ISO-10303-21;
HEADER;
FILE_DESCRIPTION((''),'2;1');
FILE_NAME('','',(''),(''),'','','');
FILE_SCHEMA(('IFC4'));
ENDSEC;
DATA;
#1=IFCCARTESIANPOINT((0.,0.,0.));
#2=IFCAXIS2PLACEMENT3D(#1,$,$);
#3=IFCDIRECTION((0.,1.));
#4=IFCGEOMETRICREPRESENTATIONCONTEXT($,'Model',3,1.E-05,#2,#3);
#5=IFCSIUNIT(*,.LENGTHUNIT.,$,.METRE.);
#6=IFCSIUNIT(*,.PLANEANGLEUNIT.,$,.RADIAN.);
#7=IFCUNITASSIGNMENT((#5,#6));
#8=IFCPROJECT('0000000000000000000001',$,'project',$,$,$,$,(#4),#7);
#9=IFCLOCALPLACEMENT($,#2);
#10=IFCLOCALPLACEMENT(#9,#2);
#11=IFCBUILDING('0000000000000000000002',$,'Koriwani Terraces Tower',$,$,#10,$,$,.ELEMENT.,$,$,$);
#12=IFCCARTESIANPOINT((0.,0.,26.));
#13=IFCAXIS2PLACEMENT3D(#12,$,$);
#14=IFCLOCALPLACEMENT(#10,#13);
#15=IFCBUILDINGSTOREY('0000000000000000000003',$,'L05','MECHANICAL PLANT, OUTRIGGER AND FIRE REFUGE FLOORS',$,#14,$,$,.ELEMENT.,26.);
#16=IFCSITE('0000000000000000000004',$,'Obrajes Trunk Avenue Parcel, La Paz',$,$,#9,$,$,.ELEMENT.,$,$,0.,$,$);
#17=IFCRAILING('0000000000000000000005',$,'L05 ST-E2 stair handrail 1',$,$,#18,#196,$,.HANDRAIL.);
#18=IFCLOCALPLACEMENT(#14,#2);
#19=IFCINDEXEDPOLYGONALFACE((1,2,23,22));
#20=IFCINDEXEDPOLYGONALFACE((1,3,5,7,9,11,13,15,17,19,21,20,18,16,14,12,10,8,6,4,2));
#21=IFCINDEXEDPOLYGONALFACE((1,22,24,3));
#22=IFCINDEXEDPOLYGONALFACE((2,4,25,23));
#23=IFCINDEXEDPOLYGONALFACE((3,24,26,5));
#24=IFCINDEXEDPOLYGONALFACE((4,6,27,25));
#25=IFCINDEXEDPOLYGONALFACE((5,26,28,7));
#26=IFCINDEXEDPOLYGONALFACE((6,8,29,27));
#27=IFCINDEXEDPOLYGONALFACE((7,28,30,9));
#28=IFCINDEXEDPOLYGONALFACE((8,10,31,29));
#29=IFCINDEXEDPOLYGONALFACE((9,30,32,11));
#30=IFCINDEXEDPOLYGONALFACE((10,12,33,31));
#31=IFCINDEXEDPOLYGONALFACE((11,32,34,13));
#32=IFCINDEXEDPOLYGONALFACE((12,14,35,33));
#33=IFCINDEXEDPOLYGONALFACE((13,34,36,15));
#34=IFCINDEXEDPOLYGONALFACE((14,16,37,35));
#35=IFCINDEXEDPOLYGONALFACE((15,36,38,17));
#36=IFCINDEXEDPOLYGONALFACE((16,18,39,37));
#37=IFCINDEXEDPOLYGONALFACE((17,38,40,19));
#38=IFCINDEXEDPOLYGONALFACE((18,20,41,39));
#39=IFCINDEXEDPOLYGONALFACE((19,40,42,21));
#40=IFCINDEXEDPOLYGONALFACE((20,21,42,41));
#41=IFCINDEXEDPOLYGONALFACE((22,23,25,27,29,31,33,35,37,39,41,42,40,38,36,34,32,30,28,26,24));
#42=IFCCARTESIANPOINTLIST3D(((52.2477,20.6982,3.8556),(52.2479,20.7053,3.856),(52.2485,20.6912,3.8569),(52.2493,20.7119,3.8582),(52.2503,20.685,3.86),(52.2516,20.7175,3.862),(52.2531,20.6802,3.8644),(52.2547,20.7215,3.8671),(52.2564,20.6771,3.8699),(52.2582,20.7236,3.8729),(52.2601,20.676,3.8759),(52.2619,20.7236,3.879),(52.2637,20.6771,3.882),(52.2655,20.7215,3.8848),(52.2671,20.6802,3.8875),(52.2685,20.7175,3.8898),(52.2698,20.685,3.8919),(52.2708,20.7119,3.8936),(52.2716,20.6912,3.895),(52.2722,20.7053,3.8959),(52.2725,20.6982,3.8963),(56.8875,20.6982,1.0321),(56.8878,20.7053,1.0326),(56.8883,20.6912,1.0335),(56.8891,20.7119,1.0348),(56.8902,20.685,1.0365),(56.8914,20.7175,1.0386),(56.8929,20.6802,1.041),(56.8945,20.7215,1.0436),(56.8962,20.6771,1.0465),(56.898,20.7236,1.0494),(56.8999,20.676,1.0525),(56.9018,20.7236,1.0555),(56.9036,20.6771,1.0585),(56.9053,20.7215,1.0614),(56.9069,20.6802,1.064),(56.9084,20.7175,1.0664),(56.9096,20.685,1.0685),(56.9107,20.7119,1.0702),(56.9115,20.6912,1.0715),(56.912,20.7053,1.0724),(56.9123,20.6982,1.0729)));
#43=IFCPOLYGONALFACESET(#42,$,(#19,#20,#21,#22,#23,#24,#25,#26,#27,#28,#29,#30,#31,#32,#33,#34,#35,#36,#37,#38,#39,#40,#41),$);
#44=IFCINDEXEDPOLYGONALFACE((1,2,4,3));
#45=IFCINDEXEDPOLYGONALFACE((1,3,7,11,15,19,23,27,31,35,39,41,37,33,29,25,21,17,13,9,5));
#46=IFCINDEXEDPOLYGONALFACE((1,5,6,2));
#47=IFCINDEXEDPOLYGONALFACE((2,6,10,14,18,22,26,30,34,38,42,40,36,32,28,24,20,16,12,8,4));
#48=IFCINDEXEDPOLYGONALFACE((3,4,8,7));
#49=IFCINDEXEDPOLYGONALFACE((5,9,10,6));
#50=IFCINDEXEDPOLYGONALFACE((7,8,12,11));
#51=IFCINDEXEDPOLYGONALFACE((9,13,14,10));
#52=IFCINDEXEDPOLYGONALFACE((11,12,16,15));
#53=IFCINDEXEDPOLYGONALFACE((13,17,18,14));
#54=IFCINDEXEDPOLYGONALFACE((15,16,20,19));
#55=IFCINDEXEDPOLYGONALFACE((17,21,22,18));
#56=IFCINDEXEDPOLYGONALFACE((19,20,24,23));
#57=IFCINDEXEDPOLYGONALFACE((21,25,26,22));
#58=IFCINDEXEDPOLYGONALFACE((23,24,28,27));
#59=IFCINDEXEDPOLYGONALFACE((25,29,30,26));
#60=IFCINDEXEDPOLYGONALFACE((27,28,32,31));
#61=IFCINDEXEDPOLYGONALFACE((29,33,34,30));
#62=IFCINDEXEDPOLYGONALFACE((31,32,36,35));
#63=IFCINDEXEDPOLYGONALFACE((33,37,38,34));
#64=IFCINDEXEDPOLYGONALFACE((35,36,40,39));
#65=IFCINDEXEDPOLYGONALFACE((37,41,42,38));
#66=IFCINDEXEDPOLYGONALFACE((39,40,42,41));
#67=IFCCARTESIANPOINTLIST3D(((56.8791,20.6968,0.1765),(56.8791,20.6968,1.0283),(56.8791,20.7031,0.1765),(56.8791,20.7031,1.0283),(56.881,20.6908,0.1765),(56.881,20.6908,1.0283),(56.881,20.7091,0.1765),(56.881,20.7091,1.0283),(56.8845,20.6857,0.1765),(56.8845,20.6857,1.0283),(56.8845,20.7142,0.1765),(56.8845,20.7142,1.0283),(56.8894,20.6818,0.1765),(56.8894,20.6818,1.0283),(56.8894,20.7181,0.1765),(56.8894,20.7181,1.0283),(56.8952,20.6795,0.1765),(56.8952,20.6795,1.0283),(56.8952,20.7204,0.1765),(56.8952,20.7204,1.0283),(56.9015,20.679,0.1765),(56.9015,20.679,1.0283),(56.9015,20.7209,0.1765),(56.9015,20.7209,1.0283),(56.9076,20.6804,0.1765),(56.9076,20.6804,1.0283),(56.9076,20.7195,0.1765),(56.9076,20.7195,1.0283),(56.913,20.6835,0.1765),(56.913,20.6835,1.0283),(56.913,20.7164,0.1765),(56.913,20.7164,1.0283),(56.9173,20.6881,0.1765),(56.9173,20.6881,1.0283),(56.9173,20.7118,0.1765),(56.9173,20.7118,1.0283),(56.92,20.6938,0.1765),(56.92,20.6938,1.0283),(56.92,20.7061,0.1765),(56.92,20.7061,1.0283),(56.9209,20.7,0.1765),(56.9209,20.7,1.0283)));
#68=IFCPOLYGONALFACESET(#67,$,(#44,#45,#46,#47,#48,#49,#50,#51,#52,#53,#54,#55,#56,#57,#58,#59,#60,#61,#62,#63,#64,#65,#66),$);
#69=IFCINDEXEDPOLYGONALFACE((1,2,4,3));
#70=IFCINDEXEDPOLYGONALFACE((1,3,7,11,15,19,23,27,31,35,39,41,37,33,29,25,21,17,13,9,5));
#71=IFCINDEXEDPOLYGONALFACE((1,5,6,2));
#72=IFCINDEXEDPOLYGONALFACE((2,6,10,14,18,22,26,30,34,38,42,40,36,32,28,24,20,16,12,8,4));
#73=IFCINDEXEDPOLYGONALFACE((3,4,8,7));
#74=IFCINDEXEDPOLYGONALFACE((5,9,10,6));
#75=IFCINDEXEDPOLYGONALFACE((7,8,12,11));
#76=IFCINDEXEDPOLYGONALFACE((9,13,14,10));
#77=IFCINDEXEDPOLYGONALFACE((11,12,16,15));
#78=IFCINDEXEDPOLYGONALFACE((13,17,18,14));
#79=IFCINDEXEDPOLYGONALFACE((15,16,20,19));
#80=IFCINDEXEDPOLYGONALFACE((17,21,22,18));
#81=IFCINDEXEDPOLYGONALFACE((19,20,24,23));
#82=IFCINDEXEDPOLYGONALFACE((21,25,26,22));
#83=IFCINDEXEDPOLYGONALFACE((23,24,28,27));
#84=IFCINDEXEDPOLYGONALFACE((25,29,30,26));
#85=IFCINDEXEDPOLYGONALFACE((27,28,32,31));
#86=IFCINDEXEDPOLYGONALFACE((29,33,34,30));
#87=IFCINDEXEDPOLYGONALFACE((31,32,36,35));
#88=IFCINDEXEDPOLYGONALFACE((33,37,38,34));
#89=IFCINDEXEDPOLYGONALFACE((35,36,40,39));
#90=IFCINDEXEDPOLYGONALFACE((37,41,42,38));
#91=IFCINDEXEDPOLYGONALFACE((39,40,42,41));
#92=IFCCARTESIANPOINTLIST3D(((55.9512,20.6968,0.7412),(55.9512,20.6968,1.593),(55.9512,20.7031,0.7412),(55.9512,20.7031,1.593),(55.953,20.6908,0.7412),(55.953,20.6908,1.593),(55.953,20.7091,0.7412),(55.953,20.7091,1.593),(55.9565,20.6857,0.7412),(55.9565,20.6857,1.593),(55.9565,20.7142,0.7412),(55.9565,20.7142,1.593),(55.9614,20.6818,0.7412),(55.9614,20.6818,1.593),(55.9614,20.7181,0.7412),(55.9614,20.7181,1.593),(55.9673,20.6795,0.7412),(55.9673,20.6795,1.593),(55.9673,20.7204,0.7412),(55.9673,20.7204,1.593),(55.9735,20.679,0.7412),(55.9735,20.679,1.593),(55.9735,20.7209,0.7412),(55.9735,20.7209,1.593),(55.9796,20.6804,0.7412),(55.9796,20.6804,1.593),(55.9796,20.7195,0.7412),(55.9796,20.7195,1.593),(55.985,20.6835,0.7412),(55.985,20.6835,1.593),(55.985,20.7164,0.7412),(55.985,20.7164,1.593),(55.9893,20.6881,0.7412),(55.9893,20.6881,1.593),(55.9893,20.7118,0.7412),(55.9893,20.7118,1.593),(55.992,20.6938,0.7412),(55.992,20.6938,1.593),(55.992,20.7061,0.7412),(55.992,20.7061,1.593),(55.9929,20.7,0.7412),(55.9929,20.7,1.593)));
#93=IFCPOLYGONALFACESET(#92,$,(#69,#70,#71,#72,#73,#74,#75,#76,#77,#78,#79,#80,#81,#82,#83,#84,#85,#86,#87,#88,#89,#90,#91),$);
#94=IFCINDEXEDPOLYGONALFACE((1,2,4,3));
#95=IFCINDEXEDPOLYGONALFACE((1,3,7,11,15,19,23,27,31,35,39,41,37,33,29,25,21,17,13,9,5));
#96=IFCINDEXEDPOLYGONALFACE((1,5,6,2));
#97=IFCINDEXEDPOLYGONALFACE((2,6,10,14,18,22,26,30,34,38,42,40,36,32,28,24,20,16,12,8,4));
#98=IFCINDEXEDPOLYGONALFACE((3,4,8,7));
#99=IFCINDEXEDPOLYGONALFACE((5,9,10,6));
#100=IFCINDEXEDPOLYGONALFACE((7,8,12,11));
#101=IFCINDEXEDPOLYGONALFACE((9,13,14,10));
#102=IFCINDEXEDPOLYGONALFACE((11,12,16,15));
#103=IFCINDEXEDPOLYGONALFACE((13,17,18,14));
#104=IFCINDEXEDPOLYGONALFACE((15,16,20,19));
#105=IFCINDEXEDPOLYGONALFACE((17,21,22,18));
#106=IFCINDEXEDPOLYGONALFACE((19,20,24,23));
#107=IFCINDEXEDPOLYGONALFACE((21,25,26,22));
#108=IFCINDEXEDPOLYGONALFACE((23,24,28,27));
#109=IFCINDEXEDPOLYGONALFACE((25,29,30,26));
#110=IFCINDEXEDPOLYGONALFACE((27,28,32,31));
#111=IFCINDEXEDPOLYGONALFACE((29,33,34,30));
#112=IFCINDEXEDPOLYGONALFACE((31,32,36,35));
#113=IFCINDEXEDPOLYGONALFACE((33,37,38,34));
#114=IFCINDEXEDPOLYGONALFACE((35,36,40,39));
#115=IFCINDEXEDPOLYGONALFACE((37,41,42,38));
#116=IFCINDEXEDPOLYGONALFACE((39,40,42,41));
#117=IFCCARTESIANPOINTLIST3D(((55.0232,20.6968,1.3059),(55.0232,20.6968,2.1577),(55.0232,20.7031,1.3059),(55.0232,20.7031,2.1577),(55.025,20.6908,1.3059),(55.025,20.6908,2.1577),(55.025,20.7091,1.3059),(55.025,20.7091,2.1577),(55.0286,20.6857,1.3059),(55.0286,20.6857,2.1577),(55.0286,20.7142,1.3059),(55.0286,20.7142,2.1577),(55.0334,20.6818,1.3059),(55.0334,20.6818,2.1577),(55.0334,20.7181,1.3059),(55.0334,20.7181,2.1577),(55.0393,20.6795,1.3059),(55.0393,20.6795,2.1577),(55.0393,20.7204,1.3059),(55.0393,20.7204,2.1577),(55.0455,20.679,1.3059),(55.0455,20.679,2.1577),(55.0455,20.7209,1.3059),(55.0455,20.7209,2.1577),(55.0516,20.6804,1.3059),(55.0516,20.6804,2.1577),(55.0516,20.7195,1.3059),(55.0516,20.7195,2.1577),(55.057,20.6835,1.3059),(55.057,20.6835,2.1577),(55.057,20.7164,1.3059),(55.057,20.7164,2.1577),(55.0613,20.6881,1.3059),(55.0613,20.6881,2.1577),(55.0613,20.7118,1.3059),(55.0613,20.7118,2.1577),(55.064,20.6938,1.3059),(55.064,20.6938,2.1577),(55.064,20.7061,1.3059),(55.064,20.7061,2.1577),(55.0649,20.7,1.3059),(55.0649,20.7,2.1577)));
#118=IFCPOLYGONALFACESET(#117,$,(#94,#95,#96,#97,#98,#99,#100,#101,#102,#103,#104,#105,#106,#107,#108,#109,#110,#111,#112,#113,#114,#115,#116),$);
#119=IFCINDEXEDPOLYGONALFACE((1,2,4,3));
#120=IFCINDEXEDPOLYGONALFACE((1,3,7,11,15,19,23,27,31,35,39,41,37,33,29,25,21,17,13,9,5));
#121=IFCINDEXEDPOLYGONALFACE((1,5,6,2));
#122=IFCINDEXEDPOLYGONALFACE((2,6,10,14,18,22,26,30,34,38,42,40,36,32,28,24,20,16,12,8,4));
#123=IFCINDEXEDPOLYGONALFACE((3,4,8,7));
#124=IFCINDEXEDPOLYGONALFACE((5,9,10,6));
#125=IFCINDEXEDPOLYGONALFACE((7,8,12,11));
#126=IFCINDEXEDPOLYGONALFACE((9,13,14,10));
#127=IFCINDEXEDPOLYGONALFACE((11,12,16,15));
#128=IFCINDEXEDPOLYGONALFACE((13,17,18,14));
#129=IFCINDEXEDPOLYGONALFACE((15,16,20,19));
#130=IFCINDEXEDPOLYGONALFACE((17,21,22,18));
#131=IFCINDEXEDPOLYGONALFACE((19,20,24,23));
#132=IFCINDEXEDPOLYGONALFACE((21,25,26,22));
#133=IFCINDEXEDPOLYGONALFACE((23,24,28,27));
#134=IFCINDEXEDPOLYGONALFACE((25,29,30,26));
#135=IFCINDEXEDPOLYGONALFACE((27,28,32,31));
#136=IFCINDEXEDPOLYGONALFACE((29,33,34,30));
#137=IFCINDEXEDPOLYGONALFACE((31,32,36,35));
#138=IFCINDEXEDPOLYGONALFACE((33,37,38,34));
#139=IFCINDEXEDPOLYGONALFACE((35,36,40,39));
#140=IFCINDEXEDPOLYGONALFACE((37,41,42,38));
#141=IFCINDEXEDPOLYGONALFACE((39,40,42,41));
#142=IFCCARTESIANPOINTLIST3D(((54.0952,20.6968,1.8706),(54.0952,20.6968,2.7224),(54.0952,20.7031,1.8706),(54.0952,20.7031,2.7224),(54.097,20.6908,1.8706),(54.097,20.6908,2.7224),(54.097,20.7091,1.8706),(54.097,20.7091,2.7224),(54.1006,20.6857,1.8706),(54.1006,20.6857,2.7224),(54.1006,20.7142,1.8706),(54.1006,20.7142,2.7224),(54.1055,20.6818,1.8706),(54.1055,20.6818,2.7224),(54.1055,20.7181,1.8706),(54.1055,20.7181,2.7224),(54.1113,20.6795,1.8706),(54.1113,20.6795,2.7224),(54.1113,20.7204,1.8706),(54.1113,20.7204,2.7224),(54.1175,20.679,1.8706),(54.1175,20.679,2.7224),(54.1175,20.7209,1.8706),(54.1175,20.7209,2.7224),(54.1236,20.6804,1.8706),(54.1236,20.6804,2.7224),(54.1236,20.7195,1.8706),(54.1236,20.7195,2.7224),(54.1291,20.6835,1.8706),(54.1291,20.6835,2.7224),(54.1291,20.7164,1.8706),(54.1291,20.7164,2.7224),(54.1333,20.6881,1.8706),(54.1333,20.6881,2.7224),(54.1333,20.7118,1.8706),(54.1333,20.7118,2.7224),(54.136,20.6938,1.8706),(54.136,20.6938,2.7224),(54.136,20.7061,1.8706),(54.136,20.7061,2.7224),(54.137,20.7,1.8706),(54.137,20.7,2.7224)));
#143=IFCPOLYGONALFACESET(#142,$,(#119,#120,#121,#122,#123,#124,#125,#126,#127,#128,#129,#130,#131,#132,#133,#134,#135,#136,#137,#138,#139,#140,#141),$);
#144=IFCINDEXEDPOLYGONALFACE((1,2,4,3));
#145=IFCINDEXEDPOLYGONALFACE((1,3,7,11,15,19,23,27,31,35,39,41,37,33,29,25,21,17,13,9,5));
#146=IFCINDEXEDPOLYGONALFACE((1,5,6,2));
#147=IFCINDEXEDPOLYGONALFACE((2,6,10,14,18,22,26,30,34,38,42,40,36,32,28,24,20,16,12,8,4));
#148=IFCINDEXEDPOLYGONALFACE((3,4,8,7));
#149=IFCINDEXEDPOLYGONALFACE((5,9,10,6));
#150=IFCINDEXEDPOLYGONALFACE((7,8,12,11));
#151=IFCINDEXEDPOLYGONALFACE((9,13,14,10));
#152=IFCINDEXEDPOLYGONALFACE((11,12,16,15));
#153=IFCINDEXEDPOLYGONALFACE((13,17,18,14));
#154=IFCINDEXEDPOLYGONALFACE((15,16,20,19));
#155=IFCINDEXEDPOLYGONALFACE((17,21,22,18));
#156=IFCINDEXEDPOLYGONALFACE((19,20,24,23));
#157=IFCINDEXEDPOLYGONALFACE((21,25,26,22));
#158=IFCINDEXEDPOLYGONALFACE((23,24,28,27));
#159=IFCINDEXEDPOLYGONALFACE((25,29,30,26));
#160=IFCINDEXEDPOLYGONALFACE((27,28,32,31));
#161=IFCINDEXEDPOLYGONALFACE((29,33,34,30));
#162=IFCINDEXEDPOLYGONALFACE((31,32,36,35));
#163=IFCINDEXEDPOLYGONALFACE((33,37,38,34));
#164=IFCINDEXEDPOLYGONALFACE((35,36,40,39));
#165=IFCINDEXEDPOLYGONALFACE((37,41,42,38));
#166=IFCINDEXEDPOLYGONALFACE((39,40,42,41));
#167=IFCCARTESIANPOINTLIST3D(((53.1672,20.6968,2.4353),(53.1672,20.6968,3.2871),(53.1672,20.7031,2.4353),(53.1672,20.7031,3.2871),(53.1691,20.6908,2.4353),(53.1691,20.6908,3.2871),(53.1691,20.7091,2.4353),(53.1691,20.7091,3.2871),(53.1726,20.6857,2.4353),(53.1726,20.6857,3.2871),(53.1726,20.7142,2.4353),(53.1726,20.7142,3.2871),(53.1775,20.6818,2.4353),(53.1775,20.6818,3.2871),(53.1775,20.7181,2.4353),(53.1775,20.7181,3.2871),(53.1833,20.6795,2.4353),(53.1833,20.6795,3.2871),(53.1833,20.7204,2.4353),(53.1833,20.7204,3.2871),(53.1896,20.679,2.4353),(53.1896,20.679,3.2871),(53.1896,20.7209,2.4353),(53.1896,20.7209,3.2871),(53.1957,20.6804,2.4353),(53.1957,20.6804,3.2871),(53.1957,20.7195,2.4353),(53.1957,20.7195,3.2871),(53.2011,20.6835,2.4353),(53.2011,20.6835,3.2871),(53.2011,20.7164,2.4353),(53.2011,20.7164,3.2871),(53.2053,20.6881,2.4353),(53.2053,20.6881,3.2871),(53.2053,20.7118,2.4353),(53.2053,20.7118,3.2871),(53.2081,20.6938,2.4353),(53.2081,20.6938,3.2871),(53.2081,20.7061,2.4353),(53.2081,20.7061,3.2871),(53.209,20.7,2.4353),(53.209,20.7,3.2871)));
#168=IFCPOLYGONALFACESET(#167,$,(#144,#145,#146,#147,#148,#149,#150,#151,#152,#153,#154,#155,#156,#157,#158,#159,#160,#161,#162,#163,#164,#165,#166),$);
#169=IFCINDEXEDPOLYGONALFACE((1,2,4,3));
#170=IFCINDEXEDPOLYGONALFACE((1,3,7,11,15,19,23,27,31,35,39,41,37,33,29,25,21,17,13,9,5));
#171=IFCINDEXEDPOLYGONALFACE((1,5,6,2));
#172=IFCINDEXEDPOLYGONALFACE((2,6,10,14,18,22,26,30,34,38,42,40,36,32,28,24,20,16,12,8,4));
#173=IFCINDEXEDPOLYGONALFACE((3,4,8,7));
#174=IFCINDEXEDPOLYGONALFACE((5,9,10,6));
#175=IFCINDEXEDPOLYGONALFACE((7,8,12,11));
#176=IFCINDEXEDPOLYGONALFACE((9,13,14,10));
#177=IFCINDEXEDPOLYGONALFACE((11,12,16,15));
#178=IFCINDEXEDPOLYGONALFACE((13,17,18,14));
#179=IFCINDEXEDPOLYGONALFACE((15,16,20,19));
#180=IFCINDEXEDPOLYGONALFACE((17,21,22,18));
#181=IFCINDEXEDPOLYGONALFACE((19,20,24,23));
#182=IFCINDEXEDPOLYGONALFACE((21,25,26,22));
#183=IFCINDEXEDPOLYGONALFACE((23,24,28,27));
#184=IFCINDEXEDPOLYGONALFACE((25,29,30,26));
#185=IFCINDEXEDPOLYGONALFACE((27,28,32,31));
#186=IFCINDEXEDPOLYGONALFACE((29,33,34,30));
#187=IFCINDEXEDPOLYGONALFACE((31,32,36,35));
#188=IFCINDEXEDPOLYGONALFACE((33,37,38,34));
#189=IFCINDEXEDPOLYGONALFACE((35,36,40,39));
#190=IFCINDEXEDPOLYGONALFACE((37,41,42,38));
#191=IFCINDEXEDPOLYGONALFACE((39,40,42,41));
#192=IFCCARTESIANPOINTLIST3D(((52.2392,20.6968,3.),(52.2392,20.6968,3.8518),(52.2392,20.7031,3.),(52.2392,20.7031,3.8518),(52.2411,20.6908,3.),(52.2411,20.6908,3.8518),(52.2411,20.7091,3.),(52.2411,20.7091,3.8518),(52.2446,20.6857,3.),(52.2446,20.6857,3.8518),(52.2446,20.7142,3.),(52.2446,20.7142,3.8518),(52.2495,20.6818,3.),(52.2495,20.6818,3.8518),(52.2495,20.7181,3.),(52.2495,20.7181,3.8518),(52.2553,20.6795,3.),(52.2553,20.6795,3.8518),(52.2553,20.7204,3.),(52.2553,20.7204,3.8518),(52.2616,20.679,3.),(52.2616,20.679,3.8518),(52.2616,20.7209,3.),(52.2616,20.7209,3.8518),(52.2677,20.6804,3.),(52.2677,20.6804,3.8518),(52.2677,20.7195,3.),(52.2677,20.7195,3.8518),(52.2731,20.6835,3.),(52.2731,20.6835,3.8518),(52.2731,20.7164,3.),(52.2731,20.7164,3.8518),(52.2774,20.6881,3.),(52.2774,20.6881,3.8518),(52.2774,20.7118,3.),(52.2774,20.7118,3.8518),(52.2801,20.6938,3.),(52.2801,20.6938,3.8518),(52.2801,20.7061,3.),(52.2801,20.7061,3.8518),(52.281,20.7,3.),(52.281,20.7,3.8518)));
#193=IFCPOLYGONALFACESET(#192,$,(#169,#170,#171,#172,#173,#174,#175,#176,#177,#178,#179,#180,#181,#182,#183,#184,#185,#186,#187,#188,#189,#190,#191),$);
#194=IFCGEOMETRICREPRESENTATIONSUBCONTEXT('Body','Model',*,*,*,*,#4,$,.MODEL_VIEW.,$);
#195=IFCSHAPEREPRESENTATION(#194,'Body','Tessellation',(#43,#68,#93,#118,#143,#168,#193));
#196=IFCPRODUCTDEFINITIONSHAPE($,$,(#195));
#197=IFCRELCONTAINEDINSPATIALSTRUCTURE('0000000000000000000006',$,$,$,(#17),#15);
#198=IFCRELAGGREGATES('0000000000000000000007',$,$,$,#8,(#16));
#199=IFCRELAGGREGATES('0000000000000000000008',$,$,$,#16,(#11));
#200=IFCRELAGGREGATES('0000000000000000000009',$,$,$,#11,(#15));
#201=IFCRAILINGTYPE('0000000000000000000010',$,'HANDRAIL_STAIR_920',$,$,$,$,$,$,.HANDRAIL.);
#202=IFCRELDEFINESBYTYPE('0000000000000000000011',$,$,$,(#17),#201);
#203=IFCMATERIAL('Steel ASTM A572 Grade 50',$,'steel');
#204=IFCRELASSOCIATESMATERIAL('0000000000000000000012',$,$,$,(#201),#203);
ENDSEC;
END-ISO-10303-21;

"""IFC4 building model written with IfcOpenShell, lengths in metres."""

from ifc_helpers import new_model, si_unit, direction, frame, origin, origin_2d, place, context, subcontext, project, spatial, circle, extrude, material, type_object, element, save


model = new_model("IFC4")

# Units and contexts
model_context = context("Model", 3, precision=1e-05, world=origin(), true_north=direction((0.0, 1.0)))
body_context = subcontext(model_context, "Body", "Model", "MODEL_VIEW")
ifc_project = project(units=[si_unit("LENGTHUNIT", "METRE"), si_unit("PLANEANGLEUNIT", "RADIAN")], contexts=[model_context])

# Site, building, storey
site_placement = place(None, origin())
site = spatial("IfcSite", under=ifc_project, at=site_placement, Name="Obrajes Trunk Avenue Parcel, La Paz", CompositionType="ELEMENT", RefElevation=0.0)
building_placement = place(site_placement, origin())
building = spatial("IfcBuilding", under=site, at=building_placement, Name="Koriwani Terraces Tower", CompositionType="ELEMENT")
storey_placement = place(building_placement, frame((0.0, 0.0, 26.0)))
storey = spatial("IfcBuildingStorey", under=building, at=storey_placement, Name="L05", Description="MECHANICAL PLANT, OUTRIGGER AND FIRE REFUGE FLOORS", CompositionType="ELEMENT", Elevation=26.0)

# Shared definitions
ifc_material_1 = material(Name="Steel ASTM A572 Grade 50", Category="steel")

# Railing
railing_type = type_object("IfcRailingType", Name="HANDRAIL_STAIR_920", PredefinedType="HANDRAIL", material=ifc_material_1)
railing_placement = place(storey_placement, frame((56.8999, 20.7, 0.1765)))
element("IfcRailing", 1, at=railing_placement, inside=storey, type_object=railing_type, Name="L05 ST-E2 stair handrail 1", PredefinedType="HANDRAIL", context=body_context, shape_type="SweptSolid", body=[
    extrude(circle(Radius=0.0239, at=origin_2d()), frame((0.0, 0.0, 0.876), z_axis=(-0.854264, 0.0, 0.51984), x_axis=(0.0, -1.0, 0.0)), (0.0, 0.0, 1.0), 5.4314),
    extrude(circle(Radius=0.021, at=origin_2d()), origin(), (0.0, 0.0, 1.0), 0.8518),
    extrude(circle(Radius=0.021, at=origin_2d()), frame((-0.928, 0.0, 0.5647)), (0.0, 0.0, 1.0), 0.8518),
    extrude(circle(Radius=0.021, at=origin_2d()), frame((-1.856, 0.0, 1.1294)), (0.0, 0.0, 1.0), 0.8518),
    extrude(circle(Radius=0.021, at=origin_2d()), frame((-2.7839, 0.0, 1.6941)), (0.0, 0.0, 1.0), 0.8518),
    extrude(circle(Radius=0.021, at=origin_2d()), frame((-3.7119, 0.0, 2.2588)), (0.0, 0.0, 1.0), 0.8518),
    extrude(circle(Radius=0.021, at=origin_2d()), frame((-4.6399, 0.0, 2.8235)), (0.0, 0.0, 1.0), 0.8518),
])

save(model, "model.ifc")
